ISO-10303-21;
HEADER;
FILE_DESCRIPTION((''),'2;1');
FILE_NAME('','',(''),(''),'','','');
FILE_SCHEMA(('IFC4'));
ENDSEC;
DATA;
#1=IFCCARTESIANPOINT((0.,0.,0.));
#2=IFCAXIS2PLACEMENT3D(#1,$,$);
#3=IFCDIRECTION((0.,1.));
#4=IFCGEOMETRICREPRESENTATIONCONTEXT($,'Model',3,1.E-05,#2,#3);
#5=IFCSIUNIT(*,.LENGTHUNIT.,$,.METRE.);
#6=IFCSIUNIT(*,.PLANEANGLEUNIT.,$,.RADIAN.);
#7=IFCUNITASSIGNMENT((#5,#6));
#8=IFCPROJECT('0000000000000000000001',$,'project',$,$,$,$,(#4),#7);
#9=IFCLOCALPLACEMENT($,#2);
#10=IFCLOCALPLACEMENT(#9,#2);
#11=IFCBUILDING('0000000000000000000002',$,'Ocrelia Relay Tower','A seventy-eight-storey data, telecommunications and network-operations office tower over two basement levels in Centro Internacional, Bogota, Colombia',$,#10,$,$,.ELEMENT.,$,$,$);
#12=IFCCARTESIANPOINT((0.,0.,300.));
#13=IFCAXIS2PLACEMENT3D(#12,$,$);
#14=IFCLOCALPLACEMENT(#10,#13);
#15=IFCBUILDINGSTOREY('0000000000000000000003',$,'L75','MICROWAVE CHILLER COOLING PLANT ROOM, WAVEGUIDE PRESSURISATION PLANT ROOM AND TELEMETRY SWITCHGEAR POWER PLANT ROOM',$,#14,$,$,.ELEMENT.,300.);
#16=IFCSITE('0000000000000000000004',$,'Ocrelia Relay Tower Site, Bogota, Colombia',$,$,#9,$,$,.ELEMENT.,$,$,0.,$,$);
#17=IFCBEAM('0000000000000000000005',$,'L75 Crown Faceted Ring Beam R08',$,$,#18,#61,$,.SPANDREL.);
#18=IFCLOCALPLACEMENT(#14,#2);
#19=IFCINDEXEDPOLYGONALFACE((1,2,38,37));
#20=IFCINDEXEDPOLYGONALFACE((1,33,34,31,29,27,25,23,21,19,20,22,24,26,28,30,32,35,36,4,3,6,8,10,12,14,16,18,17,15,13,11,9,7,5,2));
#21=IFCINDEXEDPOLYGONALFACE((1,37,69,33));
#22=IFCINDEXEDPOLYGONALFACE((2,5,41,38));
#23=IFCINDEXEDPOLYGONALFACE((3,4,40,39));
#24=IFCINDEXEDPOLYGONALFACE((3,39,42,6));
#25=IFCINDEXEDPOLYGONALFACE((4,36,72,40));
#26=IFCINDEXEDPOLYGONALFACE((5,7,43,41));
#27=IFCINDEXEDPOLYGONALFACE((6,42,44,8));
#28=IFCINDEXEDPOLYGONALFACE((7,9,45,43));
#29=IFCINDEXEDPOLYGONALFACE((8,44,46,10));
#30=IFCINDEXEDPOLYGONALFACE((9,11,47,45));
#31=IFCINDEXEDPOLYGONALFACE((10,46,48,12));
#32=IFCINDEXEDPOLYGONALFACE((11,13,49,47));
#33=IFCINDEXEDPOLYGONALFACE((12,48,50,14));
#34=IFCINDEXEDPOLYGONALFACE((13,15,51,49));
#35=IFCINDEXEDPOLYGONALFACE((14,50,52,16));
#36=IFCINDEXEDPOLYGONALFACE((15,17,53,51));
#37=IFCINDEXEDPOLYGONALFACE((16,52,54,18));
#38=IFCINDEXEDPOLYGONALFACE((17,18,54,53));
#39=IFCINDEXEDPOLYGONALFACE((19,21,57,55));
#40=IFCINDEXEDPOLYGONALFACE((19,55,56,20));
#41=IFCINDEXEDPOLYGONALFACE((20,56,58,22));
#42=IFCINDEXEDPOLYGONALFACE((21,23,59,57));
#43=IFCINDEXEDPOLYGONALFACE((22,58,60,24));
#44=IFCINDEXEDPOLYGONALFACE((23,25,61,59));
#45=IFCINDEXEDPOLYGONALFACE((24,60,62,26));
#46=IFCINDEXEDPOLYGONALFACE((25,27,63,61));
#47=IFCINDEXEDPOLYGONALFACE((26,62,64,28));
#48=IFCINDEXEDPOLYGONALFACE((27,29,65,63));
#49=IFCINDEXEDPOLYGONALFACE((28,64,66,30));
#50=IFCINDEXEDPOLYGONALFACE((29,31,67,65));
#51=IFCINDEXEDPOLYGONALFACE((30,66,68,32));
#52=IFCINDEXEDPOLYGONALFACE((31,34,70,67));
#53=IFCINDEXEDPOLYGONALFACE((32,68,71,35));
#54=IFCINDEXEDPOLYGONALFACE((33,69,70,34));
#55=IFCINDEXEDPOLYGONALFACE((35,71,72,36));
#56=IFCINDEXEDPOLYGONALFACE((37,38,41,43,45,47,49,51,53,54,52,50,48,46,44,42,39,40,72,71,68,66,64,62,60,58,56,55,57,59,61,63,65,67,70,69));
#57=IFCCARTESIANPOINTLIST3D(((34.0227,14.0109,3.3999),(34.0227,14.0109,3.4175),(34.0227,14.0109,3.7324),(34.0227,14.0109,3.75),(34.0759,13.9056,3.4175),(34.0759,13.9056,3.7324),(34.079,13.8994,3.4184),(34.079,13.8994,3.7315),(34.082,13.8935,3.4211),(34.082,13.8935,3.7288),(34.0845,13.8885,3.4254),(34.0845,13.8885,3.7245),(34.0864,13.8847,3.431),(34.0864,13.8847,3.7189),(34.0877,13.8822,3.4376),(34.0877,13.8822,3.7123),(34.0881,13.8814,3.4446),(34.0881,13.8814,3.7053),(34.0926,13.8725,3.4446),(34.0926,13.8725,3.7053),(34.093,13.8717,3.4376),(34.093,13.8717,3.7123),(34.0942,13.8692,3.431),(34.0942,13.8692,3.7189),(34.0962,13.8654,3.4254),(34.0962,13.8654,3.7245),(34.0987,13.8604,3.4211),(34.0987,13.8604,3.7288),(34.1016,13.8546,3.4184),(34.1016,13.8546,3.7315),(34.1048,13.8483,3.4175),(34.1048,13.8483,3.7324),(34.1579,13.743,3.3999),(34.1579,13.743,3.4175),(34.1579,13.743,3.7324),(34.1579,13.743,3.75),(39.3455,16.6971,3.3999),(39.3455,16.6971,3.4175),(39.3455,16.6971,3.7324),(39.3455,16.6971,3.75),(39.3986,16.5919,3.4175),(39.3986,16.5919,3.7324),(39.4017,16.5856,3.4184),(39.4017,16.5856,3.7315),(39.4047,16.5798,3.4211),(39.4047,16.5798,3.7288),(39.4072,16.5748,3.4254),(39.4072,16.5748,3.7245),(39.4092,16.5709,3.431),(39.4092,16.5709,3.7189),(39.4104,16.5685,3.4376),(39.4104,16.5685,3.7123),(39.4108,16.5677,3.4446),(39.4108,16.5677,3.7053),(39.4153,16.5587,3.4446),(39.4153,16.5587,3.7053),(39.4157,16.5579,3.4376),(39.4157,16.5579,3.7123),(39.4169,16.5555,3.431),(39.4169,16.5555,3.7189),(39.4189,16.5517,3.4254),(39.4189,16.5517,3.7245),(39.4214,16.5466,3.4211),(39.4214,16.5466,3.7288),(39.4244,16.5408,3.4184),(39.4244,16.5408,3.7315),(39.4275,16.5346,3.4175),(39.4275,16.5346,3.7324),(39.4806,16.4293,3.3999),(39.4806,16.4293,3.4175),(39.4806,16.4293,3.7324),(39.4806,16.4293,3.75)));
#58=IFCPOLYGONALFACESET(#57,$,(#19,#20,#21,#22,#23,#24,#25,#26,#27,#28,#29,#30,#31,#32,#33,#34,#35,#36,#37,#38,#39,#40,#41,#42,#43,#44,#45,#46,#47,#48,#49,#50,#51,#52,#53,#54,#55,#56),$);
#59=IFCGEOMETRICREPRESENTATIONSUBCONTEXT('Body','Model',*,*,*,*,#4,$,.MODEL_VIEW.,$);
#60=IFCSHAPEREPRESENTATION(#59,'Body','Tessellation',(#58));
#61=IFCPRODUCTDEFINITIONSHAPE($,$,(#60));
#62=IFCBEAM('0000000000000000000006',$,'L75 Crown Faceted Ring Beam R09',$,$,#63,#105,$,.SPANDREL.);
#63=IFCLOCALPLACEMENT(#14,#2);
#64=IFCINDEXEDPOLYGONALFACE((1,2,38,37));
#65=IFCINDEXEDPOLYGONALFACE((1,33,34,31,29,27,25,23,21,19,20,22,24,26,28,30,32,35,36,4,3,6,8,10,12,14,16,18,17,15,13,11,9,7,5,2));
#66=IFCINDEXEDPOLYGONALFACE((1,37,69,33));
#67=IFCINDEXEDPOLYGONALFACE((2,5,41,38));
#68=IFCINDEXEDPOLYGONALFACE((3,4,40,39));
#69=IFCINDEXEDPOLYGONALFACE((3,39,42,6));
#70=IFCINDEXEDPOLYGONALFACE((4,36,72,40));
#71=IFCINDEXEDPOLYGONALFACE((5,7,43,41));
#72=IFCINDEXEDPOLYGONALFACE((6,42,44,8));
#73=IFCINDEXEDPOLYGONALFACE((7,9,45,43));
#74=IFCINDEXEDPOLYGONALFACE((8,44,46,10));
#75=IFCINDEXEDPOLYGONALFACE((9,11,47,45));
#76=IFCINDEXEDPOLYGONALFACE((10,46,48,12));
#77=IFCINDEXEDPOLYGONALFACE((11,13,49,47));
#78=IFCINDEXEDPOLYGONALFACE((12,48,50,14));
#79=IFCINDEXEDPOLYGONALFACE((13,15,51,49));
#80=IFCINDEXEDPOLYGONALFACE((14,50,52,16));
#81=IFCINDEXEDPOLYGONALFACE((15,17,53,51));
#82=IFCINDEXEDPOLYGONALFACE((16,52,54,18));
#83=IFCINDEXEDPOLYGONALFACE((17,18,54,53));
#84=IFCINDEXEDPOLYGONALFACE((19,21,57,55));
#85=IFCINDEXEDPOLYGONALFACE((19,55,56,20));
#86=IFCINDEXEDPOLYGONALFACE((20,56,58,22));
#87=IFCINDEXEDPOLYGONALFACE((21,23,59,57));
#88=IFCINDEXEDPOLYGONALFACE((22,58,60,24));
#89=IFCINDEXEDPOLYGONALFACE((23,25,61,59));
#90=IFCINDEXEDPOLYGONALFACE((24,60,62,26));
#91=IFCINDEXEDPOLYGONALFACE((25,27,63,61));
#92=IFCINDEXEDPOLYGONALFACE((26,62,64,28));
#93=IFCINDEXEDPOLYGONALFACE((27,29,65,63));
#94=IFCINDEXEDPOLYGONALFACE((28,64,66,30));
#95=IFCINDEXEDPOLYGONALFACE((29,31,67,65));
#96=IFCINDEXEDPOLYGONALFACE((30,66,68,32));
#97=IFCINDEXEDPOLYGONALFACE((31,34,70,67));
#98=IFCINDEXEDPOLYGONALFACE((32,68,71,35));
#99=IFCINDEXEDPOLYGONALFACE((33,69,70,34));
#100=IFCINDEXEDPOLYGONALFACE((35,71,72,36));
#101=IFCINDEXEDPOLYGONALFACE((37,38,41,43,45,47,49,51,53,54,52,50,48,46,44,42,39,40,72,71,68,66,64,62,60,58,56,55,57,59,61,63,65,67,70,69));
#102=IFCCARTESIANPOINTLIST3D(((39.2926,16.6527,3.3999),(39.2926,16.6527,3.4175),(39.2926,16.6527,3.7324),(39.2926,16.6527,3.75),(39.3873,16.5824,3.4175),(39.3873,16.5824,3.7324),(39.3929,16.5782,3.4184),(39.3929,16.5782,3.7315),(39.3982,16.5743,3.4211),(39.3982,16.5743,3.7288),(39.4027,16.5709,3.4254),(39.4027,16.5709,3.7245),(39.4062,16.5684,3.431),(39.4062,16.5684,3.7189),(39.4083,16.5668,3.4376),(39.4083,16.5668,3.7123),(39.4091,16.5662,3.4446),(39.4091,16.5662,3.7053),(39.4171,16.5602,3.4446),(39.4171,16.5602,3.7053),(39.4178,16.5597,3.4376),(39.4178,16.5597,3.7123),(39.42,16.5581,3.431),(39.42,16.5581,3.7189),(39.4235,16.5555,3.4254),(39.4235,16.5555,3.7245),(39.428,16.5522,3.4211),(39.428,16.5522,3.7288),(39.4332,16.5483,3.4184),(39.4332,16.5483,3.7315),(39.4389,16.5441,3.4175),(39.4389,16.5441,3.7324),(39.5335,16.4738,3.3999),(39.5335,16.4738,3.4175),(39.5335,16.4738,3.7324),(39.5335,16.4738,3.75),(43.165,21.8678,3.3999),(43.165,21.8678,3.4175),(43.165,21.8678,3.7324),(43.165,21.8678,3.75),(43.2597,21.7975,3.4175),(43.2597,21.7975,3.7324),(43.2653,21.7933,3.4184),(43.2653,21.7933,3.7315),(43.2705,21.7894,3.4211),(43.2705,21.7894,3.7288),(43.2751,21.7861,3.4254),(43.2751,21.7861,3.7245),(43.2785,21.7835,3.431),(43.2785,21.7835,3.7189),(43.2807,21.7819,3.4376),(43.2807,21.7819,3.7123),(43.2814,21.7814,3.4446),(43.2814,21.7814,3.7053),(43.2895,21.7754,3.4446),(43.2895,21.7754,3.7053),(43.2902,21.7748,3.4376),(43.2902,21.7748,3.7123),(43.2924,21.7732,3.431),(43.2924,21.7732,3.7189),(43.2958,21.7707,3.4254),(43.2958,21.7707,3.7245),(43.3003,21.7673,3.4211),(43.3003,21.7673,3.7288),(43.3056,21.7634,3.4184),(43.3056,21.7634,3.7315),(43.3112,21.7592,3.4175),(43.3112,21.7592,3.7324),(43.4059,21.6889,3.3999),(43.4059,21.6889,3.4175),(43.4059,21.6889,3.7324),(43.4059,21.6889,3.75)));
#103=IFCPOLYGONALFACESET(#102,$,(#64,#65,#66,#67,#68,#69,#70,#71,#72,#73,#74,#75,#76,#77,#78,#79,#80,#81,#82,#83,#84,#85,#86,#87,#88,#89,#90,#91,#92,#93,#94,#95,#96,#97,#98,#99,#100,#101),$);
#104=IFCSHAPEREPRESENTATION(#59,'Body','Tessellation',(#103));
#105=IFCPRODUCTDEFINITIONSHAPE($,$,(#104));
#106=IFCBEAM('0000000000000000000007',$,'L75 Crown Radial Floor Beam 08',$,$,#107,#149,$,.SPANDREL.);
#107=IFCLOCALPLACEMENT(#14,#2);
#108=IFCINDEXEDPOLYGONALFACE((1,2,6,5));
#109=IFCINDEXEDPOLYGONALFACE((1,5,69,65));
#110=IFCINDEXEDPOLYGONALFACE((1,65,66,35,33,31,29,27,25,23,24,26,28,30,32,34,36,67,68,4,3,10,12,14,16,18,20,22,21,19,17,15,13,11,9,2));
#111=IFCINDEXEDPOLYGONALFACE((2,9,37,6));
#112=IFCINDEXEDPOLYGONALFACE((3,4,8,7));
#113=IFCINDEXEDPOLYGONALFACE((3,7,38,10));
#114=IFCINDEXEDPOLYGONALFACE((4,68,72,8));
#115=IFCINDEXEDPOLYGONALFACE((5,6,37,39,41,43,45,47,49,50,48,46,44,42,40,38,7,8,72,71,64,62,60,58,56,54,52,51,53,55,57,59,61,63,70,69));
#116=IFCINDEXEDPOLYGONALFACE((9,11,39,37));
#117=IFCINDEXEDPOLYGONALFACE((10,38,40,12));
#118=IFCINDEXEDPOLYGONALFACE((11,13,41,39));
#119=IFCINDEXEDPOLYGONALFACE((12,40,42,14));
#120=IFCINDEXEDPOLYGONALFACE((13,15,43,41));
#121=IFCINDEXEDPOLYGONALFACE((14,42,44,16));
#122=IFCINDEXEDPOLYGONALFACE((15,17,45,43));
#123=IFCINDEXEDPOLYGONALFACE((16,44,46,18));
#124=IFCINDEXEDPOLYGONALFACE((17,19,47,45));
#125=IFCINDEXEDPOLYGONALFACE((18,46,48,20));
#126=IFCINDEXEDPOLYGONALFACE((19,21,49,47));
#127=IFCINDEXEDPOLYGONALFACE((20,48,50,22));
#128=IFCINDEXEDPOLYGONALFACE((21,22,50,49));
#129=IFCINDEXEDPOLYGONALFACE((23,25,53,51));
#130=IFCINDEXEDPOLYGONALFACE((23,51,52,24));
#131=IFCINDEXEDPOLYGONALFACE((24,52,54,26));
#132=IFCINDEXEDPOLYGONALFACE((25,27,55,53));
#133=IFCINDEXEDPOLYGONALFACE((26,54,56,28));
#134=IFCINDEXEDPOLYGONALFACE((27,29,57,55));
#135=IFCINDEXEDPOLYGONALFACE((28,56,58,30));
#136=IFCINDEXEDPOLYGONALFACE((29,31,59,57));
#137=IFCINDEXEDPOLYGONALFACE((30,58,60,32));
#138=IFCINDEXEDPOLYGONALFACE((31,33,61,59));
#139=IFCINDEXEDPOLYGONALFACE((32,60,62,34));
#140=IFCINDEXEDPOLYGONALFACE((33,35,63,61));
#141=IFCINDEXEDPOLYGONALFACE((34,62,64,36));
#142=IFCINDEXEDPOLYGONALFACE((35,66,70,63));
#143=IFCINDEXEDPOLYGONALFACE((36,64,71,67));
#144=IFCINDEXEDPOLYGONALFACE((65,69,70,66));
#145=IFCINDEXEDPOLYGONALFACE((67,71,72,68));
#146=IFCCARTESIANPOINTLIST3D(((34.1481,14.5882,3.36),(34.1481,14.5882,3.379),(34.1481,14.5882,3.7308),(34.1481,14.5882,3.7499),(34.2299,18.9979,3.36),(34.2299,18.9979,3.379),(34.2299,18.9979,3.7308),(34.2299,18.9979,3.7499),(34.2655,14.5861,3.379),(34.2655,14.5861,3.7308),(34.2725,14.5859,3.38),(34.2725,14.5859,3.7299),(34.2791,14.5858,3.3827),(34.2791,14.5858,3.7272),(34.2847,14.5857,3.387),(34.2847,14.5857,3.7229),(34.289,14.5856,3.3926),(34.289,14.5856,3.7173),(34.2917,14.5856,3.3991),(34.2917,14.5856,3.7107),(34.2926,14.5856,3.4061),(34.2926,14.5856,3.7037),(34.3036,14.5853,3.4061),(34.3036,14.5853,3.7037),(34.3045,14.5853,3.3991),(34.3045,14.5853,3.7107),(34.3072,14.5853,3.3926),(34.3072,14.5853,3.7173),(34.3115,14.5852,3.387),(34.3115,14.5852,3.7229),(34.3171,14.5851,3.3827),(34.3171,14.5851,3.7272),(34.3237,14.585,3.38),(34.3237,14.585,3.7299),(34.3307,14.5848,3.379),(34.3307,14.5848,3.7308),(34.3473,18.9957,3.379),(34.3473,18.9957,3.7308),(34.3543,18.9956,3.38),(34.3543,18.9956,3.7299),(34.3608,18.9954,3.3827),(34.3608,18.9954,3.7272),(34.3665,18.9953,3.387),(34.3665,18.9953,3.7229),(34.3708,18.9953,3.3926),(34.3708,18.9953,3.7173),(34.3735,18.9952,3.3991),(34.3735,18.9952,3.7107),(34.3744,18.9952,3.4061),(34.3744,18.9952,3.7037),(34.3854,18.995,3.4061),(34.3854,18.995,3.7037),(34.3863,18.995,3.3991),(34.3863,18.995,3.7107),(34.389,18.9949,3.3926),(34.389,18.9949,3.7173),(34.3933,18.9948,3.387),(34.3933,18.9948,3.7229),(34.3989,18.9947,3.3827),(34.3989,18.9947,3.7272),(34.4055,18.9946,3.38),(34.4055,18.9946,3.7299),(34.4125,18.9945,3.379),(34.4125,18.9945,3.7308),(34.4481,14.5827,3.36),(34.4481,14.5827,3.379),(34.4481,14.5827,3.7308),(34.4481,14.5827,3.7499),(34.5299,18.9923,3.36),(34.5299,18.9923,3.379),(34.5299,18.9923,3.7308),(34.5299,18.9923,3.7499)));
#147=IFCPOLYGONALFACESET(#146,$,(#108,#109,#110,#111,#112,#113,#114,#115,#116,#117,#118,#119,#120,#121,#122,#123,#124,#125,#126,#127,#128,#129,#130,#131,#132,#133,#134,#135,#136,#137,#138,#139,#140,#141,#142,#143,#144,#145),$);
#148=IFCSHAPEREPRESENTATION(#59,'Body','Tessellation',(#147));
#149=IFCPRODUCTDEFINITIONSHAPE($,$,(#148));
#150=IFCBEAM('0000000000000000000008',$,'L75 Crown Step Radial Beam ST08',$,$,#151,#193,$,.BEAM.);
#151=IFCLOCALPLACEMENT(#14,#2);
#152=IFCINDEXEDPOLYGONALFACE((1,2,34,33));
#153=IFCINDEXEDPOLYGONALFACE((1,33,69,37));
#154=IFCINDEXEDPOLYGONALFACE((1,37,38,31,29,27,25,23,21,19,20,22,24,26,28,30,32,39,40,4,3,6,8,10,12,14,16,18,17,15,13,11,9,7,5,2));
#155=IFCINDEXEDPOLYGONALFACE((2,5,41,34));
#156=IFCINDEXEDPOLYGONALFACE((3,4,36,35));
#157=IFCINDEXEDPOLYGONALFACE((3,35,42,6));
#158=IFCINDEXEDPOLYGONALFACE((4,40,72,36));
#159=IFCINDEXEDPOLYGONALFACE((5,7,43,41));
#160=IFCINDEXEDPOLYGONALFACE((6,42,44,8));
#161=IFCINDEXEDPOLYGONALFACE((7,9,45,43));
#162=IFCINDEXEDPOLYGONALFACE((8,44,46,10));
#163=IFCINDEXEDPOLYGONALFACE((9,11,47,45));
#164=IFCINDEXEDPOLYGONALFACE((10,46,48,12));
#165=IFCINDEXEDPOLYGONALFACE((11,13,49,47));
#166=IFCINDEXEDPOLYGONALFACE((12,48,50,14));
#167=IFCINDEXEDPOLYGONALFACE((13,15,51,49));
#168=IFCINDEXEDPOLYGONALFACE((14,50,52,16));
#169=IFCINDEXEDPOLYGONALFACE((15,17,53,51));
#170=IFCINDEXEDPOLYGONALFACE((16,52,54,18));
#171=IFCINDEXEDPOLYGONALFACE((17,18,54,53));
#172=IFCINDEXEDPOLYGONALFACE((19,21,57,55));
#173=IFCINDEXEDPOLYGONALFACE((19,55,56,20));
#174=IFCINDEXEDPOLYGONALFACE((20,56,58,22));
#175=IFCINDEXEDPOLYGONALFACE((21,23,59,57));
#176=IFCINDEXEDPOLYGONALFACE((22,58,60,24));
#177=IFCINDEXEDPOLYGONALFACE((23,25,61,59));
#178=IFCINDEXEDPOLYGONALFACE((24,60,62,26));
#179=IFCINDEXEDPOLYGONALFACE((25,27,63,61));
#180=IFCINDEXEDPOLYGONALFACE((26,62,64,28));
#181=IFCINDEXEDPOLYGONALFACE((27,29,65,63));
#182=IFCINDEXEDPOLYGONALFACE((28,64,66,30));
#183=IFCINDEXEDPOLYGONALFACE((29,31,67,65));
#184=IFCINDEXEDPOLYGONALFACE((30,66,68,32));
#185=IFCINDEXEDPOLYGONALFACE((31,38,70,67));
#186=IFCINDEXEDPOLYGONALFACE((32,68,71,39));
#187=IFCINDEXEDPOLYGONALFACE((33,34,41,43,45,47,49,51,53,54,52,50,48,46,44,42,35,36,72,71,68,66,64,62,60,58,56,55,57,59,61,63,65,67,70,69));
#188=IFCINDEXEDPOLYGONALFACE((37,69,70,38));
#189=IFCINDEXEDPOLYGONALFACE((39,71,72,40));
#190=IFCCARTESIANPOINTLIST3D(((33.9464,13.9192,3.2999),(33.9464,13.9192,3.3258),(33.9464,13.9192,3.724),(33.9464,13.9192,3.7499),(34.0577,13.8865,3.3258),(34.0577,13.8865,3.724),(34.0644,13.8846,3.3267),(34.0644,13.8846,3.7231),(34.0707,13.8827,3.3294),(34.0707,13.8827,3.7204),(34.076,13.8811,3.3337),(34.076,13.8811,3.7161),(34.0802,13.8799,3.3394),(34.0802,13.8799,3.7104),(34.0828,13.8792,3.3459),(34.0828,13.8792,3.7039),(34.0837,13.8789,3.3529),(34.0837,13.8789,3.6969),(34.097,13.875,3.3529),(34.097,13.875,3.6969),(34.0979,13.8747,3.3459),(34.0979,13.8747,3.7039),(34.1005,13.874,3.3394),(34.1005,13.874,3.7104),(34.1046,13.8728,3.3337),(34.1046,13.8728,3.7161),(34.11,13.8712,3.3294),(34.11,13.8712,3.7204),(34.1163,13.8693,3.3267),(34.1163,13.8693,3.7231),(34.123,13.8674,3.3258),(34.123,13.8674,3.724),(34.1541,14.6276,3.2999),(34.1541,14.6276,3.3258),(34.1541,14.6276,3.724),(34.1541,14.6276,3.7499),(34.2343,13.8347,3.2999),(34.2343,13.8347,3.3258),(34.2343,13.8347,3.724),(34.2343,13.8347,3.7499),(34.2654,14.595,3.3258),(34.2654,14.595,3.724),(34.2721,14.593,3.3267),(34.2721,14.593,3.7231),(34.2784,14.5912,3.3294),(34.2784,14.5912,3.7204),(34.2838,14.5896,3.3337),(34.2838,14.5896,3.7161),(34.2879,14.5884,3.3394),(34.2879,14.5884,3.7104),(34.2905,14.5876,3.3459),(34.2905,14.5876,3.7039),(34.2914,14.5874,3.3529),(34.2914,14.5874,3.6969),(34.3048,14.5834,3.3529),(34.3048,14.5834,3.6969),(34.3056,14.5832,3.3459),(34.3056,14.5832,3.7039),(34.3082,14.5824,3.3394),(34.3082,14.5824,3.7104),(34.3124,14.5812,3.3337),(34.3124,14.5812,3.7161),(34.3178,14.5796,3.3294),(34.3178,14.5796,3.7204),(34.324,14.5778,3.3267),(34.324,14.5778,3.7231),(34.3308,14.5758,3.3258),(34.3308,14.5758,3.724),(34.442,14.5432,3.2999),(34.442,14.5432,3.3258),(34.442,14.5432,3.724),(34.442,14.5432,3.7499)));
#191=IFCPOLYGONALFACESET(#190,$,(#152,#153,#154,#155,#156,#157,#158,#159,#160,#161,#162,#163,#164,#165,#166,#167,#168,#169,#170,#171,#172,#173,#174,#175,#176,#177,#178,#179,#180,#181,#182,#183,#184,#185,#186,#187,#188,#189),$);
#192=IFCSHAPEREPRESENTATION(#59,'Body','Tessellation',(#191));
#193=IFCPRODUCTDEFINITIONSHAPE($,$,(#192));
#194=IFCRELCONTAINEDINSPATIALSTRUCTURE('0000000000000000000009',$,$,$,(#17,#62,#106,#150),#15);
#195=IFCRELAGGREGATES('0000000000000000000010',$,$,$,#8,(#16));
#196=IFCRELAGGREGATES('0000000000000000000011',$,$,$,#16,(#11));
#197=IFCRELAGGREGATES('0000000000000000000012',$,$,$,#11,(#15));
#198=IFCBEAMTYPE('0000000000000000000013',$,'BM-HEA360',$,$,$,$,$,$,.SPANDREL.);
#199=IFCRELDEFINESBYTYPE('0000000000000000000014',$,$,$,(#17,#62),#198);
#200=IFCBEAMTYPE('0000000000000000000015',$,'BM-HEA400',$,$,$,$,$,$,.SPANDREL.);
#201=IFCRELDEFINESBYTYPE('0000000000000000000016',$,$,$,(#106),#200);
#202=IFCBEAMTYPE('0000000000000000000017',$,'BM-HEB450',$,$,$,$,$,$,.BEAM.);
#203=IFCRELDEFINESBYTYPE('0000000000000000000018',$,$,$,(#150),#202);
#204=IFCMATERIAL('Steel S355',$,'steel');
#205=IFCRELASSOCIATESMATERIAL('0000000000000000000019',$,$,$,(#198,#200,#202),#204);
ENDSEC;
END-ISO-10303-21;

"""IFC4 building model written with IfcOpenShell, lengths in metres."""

from ifc_helpers import new_model, si_unit, direction, frame, origin, origin_2d, place, context, subcontext, project, spatial, i_section, extrude, material, material_profile, profile_set, type_object, element, save


model = new_model("IFC4")

# Units and contexts
model_context = context("Model", 3, precision=1e-05, world=origin(), true_north=direction((0.0, 1.0)))
body_context = subcontext(model_context, "Body", "Model", "MODEL_VIEW")
ifc_project = project(units=[si_unit("LENGTHUNIT", "METRE"), si_unit("PLANEANGLEUNIT", "RADIAN")], contexts=[model_context])

# Site, building, storey
site_placement = place(None, origin())
site = spatial("IfcSite", under=ifc_project, at=site_placement, Name="Ocrelia Relay Tower Site, Bogota, Colombia", CompositionType="ELEMENT", RefElevation=0.0)
building_placement = place(site_placement, origin())
building = spatial("IfcBuilding", under=site, at=building_placement, Name="Ocrelia Relay Tower", Description="A seventy-eight-storey data, telecommunications and network-operations office tower over two basement levels in Centro Internacional, Bogota, Colombia", CompositionType="ELEMENT")
storey_placement = place(building_placement, frame((0.0, 0.0, 300.0)))
storey = spatial("IfcBuildingStorey", under=building, at=storey_placement, Name="L75", Description="MICROWAVE CHILLER COOLING PLANT ROOM, WAVEGUIDE PRESSURISATION PLANT ROOM AND TELEMETRY SWITCHGEAR POWER PLANT ROOM", CompositionType="ELEMENT", Elevation=300.0)

# Beams
ifc_material_1 = material(Name="Steel S355", Category="steel")
ifc_material_profile_1 = material_profile(ifc_material_1, i_section(OverallWidth=0.3, OverallDepth=0.3501, WebThickness=0.01, FlangeThickness=0.0176, FilletRadius=0.0271, at=origin_2d()), Name="HEA 360")
ifc_profile_set_1 = profile_set([ifc_material_profile_1], Name="Steel S355")
beam_type_1 = type_object("IfcBeamType", Name="BM-HEA360", PredefinedType="SPANDREL", material=ifc_profile_set_1)
beam_1_placement = place(storey_placement, frame((34.0903, 13.877, 3.575), z_axis=(0.89275, 0.450552, 0.0), x_axis=(-0.450552, 0.89275, 0.0)))
element("IfcBeam", 1, at=beam_1_placement, inside=storey, type_object=beam_type_1, Name="L75 Crown Faceted Ring Beam R08", PredefinedType="SPANDREL", context=body_context, shape_type="SweptSolid", body=[
    extrude(i_section(OverallWidth=0.3, OverallDepth=0.3501, WebThickness=0.01, FlangeThickness=0.0176, FilletRadius=0.0271, at=origin_2d()), origin(), (0.0, 0.0, 1.0), 5.9622),
])
beam_2_placement = place(storey_placement, frame((39.4131, 16.5632, 3.575), z_axis=(0.59615, 0.802873, 0.0), x_axis=(-0.802873, 0.59615, 0.0)))
element("IfcBeam", 2, at=beam_2_placement, inside=storey, type_object=beam_type_1, Name="L75 Crown Faceted Ring Beam R09", PredefinedType="SPANDREL", context=body_context, shape_type="SweptSolid", body=[
    extrude(i_section(OverallWidth=0.3, OverallDepth=0.3501, WebThickness=0.01, FlangeThickness=0.0176, FilletRadius=0.0271, at=origin_2d()), origin(), (0.0, 0.0, 1.0), 6.4956),
])
ifc_material_profile_2 = material_profile(ifc_material_1, i_section(OverallWidth=0.3, OverallDepth=0.3899, WebThickness=0.011, FlangeThickness=0.019, FilletRadius=0.0271, at=origin_2d()), Name="HEA 400")
ifc_profile_set_2 = profile_set([ifc_material_profile_2], Name="Steel S355")
beam_type_2 = type_object("IfcBeamType", Name="BM-HEA400", PredefinedType="SPANDREL", material=ifc_profile_set_2)
beam_3_placement = place(storey_placement, frame((34.2981, 14.5854, 3.5549), z_axis=(0.018544, 0.999828, 0.0), x_axis=(-0.999828, 0.018544, 0.0)))
element("IfcBeam", 3, at=beam_3_placement, inside=storey, type_object=beam_type_2, Name="L75 Crown Radial Floor Beam 08", PredefinedType="SPANDREL", context=body_context, shape_type="SweptSolid", body=[
    extrude(i_section(OverallWidth=0.3, OverallDepth=0.3899, WebThickness=0.011, FlangeThickness=0.019, FilletRadius=0.0271, at=origin_2d()), origin(), (0.0, 0.0, 1.0), 4.4104),
])
ifc_material_profile_3 = material_profile(ifc_material_1, i_section(OverallWidth=0.3, OverallDepth=0.45, WebThickness=0.0139, FlangeThickness=0.0259, FilletRadius=0.0271, at=origin_2d()), Name="HEB 450")
ifc_profile_set_3 = profile_set([ifc_material_profile_3], Name="Steel S355")
beam_type_3 = type_object("IfcBeamType", Name="BM-HEB450", PredefinedType="BEAM", material=ifc_profile_set_3)
beam_4_placement = place(storey_placement, frame((34.0903, 13.877, 3.5249), z_axis=(0.281396, 0.959592, 0.0), x_axis=(-0.959592, 0.281396, 0.0)))
element("IfcBeam", 4, at=beam_4_placement, inside=storey, type_object=beam_type_3, Name="L75 Crown Step Radial Beam ST08", PredefinedType="BEAM", context=body_context, shape_type="SweptSolid", body=[
    extrude(i_section(OverallWidth=0.3, OverallDepth=0.45, WebThickness=0.0139, FlangeThickness=0.0259, FilletRadius=0.0271, at=origin_2d()), origin(), (0.0, 0.0, 1.0), 0.7383),
])

save(model, "model.ifc")
